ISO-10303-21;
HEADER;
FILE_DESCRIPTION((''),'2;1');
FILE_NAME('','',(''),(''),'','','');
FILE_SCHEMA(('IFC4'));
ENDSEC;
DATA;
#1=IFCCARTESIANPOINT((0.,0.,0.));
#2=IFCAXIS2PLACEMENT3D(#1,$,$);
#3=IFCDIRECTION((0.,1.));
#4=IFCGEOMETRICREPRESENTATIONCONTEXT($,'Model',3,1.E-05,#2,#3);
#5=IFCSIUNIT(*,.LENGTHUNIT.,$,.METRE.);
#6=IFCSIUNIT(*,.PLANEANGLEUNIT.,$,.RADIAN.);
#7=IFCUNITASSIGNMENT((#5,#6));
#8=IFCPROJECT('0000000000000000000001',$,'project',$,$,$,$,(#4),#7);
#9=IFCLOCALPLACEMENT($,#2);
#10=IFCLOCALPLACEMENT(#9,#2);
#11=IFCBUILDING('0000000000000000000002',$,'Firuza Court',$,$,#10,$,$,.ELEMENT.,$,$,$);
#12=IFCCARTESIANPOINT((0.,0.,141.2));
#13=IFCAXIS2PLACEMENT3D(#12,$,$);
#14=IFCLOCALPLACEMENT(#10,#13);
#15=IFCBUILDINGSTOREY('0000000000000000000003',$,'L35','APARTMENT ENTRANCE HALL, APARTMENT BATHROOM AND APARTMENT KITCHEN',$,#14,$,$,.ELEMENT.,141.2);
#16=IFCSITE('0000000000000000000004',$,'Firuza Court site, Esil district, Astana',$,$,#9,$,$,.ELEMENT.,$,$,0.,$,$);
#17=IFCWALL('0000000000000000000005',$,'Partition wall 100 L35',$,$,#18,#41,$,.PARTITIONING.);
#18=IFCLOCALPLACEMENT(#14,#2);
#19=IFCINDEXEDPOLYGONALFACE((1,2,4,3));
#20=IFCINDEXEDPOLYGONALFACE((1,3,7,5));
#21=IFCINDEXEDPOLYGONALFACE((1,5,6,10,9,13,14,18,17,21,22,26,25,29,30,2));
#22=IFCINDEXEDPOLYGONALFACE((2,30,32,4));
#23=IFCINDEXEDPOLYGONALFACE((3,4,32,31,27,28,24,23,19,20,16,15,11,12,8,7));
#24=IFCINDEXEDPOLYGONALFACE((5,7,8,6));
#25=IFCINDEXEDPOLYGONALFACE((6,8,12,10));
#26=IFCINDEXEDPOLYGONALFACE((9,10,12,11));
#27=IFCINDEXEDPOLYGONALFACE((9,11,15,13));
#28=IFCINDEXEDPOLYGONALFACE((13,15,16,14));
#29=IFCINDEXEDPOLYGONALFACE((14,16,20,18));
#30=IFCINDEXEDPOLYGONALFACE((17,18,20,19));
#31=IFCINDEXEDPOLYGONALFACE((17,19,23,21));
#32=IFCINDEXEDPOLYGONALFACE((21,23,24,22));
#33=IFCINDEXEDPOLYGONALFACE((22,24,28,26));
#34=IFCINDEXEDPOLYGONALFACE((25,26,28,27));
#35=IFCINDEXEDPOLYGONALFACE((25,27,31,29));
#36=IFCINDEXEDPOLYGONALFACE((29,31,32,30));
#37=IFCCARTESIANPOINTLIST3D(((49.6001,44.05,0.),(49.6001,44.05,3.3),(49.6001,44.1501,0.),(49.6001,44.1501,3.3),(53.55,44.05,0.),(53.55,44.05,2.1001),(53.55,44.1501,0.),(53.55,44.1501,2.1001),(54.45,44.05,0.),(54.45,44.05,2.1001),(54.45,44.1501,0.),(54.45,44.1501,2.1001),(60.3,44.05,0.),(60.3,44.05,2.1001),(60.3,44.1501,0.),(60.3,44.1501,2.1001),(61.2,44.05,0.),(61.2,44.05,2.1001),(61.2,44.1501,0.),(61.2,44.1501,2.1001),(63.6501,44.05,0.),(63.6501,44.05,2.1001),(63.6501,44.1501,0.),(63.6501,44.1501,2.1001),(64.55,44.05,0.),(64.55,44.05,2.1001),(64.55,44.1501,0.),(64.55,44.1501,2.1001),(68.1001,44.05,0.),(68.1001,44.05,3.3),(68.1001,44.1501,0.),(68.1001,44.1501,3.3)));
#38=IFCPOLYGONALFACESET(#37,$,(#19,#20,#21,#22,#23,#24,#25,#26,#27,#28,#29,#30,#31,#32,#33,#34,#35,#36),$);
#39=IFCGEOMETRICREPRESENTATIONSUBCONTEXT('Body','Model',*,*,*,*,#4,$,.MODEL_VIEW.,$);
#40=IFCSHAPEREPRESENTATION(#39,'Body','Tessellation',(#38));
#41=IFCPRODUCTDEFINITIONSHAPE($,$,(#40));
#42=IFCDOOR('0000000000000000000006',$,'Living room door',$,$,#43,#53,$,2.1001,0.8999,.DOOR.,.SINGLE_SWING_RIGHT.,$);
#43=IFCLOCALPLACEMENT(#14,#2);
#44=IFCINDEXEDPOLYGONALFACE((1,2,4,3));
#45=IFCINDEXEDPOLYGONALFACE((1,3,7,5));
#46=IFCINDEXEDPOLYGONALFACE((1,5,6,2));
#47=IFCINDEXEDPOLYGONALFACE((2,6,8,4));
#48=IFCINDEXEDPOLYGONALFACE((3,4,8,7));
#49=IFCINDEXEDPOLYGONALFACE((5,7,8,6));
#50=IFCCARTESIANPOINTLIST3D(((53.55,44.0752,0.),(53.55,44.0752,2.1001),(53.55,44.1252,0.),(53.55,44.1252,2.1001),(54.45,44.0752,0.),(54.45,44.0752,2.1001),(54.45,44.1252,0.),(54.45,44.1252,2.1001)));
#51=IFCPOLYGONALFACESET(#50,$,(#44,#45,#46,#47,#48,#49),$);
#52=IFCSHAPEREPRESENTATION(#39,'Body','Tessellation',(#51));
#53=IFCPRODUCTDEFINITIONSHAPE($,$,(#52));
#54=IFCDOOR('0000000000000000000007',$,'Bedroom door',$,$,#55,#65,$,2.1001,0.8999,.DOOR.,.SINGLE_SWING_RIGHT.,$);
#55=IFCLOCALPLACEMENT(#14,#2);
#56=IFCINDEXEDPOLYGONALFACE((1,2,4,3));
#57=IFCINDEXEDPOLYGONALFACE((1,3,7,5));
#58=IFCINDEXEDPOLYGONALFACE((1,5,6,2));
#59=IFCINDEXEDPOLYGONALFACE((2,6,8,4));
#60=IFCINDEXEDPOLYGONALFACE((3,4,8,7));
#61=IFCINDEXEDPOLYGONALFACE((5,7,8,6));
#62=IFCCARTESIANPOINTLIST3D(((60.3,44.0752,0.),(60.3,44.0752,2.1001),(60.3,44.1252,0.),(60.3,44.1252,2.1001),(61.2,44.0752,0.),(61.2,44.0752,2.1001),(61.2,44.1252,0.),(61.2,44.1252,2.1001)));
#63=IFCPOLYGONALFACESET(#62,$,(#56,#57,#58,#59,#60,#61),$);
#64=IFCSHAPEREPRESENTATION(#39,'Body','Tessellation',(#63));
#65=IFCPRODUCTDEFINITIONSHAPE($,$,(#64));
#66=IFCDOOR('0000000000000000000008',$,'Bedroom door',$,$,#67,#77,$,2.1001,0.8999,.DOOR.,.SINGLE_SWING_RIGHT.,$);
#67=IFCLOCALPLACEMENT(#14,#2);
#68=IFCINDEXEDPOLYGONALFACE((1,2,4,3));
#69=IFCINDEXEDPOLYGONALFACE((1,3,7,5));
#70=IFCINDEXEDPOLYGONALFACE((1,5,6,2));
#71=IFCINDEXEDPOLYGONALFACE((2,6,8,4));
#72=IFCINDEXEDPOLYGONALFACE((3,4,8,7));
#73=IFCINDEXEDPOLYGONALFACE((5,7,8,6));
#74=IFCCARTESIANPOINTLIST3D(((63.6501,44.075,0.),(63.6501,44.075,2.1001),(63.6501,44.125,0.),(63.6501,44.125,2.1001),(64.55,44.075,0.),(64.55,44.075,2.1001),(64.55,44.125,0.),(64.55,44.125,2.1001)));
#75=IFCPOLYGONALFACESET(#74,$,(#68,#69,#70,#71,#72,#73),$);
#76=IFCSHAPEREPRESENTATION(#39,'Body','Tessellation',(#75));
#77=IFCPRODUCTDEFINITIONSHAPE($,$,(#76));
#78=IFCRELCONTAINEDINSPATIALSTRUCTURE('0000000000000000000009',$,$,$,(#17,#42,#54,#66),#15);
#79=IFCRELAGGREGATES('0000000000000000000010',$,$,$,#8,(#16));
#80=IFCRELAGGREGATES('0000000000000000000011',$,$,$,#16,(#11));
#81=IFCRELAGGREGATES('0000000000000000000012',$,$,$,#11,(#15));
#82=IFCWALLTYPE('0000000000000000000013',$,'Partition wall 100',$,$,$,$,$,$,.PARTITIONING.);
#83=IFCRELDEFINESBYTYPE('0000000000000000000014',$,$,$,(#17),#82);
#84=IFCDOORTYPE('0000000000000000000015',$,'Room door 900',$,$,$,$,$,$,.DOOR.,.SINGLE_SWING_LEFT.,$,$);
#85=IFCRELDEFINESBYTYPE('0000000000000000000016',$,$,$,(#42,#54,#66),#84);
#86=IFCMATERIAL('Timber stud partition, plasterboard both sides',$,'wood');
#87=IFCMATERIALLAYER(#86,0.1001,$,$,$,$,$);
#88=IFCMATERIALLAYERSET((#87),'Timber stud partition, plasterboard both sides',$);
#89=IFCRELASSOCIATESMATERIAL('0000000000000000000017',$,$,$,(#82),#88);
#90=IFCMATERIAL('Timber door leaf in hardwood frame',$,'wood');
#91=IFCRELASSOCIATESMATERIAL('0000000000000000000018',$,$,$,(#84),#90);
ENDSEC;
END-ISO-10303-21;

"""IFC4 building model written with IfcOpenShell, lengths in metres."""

from ifc_helpers import new_model, si_unit, direction, frame, frame_2d, origin, place, context, subcontext, project, spatial, rectangle, extrude, material, layer, layer_set, type_object, element, fill, save


model = new_model("IFC4")

# Units and contexts
model_context = context("Model", 3, precision=1e-05, world=origin(), true_north=direction((0.0, 1.0)))
body_context = subcontext(model_context, "Body", "Model", "MODEL_VIEW")
ifc_project = project(units=[si_unit("LENGTHUNIT", "METRE"), si_unit("PLANEANGLEUNIT", "RADIAN")], contexts=[model_context])

# Site, building, storey
site_placement = place(None, origin())
site = spatial("IfcSite", under=ifc_project, at=site_placement, Name="Firuza Court site, Esil district, Astana", CompositionType="ELEMENT", RefElevation=0.0)
building_placement = place(site_placement, origin())
building = spatial("IfcBuilding", under=site, at=building_placement, Name="Firuza Court", CompositionType="ELEMENT")
storey_placement = place(building_placement, frame((0.0, 0.0, 141.2)))
storey = spatial("IfcBuildingStorey", under=building, at=storey_placement, Name="L35", Description="APARTMENT ENTRANCE HALL, APARTMENT BATHROOM AND APARTMENT KITCHEN", CompositionType="ELEMENT", Elevation=141.2)

# Wall, openings, doors
ifc_material_1 = material(Name="Timber stud partition, plasterboard both sides", Category="wood")
ifc_layer_1 = layer(ifc_material_1, 0.1001)
ifc_layer_set_1 = layer_set([ifc_layer_1], Name="Timber stud partition, plasterboard both sides")
wall_type_1 = type_object("IfcWallType", Name="Partition wall 100", PredefinedType="PARTITIONING", material=ifc_layer_set_1)
wall_1_placement = place(storey_placement, frame((49.6001, 44.1001, 0.0), z_axis=(0.0, 0.0, 1.0), x_axis=(1.0, 0.0, 0.0)))
wall_1 = element("IfcWall", 1, at=wall_1_placement, inside=storey, type_object=wall_type_1, Name="Partition wall 100 L35", PredefinedType="PARTITIONING", context=body_context, shape_type="SweptSolid", body=[
    extrude(rectangle(XDim=18.5, YDim=0.1001, at=frame_2d((9.25, 0.0))), origin(), (0.0, 0.0, 1.0), 3.3),
])
opening_1_placement = place(wall_1_placement, frame((3.95, 0.0, 0.0)))
opening_1 = element("IfcOpeningElement", 2, at=opening_1_placement, cuts=wall_1, PredefinedType="OPENING", context=body_context, shape_type="SweptSolid", body=[
    extrude(rectangle(XDim=0.8999, YDim=2.1001, at=frame_2d((0.45, 1.05))), frame((0.0, 0.062, 0.0), z_axis=(0.0, -1.0, 0.0), x_axis=(1.0, 0.0, 0.0)), (0.0, 0.0, 1.0), 0.124),
])
opening_2_placement = place(wall_1_placement, frame((10.7, 0.0, 0.0)))
opening_2 = element("IfcOpeningElement", 3, at=opening_2_placement, cuts=wall_1, PredefinedType="OPENING", context=body_context, shape_type="SweptSolid", body=[
    extrude(rectangle(XDim=0.8999, YDim=2.1001, at=frame_2d((0.45, 1.05))), frame((0.0, 0.062, 0.0), z_axis=(0.0, -1.0, 0.0), x_axis=(1.0, 0.0, 0.0)), (0.0, 0.0, 1.0), 0.124),
])
opening_3_placement = place(wall_1_placement, frame((14.05, 0.0, 0.0)))
opening_3 = element("IfcOpeningElement", 4, at=opening_3_placement, cuts=wall_1, PredefinedType="OPENING", context=body_context, shape_type="SweptSolid", body=[
    extrude(rectangle(XDim=0.8999, YDim=2.1001, at=frame_2d((0.45, 1.05))), frame((0.0, 0.062, 0.0), z_axis=(0.0, -1.0, 0.0), x_axis=(1.0, 0.0, 0.0)), (0.0, 0.0, 1.0), 0.124),
])
ifc_material_2 = material(Name="Timber door leaf in hardwood frame", Category="wood")
door_type_1 = type_object("IfcDoorType", Name="Room door 900", OperationType="SINGLE_SWING_LEFT", PredefinedType="DOOR", material=ifc_material_2)
door_1_placement = place(opening_1_placement, frame((0.8999, 0.0, 0.0), z_axis=(0.0, 0.0, 1.0), x_axis=(-1.0, 0.0, 0.0)))
door_1 = element("IfcDoor", 5, at=door_1_placement, inside=storey, type_object=door_type_1, Name="Living room door", OperationType="SINGLE_SWING_RIGHT", OverallHeight=2.1001, OverallWidth=0.8999, PredefinedType="DOOR", context=body_context, shape_type="SweptSolid", body=[
    extrude(rectangle(XDim=0.8999, YDim=2.1001, at=frame_2d((0.45, 1.05))), frame((0.0, 0.0249, 0.0), z_axis=(0.0, -1.0, 0.0), x_axis=(1.0, 0.0, 0.0)), (0.0, 0.0, 1.0), 0.05),
])
fill(opening_1, door_1)
door_2_placement = place(opening_2_placement, frame((0.8999, 0.0, 0.0), z_axis=(0.0, 0.0, 1.0), x_axis=(-1.0, 0.0, 0.0)))
door_2 = element("IfcDoor", 6, at=door_2_placement, inside=storey, type_object=door_type_1, Name="Bedroom door", OperationType="SINGLE_SWING_RIGHT", OverallHeight=2.1001, OverallWidth=0.8999, PredefinedType="DOOR", context=body_context, shape_type="SweptSolid", body=[
    extrude(rectangle(XDim=0.8999, YDim=2.1001, at=frame_2d((0.45, 1.05))), frame((0.0, 0.0249, 0.0), z_axis=(0.0, -1.0, 0.0), x_axis=(1.0, 0.0, 0.0)), (0.0, 0.0, 1.0), 0.05),
])
fill(opening_2, door_2)
door_3_placement = place(opening_3_placement, origin())
door_3 = element("IfcDoor", 7, at=door_3_placement, inside=storey, type_object=door_type_1, Name="Bedroom door", OperationType="SINGLE_SWING_RIGHT", OverallHeight=2.1001, OverallWidth=0.8999, PredefinedType="DOOR", context=body_context, shape_type="SweptSolid", body=[
    extrude(rectangle(XDim=0.8999, YDim=2.1001, at=frame_2d((0.45, 1.05))), frame((0.0, 0.0249, 0.0), z_axis=(0.0, -1.0, 0.0), x_axis=(1.0, 0.0, 0.0)), (0.0, 0.0, 1.0), 0.05),
])
fill(opening_3, door_3)

save(model, "model.ifc")
